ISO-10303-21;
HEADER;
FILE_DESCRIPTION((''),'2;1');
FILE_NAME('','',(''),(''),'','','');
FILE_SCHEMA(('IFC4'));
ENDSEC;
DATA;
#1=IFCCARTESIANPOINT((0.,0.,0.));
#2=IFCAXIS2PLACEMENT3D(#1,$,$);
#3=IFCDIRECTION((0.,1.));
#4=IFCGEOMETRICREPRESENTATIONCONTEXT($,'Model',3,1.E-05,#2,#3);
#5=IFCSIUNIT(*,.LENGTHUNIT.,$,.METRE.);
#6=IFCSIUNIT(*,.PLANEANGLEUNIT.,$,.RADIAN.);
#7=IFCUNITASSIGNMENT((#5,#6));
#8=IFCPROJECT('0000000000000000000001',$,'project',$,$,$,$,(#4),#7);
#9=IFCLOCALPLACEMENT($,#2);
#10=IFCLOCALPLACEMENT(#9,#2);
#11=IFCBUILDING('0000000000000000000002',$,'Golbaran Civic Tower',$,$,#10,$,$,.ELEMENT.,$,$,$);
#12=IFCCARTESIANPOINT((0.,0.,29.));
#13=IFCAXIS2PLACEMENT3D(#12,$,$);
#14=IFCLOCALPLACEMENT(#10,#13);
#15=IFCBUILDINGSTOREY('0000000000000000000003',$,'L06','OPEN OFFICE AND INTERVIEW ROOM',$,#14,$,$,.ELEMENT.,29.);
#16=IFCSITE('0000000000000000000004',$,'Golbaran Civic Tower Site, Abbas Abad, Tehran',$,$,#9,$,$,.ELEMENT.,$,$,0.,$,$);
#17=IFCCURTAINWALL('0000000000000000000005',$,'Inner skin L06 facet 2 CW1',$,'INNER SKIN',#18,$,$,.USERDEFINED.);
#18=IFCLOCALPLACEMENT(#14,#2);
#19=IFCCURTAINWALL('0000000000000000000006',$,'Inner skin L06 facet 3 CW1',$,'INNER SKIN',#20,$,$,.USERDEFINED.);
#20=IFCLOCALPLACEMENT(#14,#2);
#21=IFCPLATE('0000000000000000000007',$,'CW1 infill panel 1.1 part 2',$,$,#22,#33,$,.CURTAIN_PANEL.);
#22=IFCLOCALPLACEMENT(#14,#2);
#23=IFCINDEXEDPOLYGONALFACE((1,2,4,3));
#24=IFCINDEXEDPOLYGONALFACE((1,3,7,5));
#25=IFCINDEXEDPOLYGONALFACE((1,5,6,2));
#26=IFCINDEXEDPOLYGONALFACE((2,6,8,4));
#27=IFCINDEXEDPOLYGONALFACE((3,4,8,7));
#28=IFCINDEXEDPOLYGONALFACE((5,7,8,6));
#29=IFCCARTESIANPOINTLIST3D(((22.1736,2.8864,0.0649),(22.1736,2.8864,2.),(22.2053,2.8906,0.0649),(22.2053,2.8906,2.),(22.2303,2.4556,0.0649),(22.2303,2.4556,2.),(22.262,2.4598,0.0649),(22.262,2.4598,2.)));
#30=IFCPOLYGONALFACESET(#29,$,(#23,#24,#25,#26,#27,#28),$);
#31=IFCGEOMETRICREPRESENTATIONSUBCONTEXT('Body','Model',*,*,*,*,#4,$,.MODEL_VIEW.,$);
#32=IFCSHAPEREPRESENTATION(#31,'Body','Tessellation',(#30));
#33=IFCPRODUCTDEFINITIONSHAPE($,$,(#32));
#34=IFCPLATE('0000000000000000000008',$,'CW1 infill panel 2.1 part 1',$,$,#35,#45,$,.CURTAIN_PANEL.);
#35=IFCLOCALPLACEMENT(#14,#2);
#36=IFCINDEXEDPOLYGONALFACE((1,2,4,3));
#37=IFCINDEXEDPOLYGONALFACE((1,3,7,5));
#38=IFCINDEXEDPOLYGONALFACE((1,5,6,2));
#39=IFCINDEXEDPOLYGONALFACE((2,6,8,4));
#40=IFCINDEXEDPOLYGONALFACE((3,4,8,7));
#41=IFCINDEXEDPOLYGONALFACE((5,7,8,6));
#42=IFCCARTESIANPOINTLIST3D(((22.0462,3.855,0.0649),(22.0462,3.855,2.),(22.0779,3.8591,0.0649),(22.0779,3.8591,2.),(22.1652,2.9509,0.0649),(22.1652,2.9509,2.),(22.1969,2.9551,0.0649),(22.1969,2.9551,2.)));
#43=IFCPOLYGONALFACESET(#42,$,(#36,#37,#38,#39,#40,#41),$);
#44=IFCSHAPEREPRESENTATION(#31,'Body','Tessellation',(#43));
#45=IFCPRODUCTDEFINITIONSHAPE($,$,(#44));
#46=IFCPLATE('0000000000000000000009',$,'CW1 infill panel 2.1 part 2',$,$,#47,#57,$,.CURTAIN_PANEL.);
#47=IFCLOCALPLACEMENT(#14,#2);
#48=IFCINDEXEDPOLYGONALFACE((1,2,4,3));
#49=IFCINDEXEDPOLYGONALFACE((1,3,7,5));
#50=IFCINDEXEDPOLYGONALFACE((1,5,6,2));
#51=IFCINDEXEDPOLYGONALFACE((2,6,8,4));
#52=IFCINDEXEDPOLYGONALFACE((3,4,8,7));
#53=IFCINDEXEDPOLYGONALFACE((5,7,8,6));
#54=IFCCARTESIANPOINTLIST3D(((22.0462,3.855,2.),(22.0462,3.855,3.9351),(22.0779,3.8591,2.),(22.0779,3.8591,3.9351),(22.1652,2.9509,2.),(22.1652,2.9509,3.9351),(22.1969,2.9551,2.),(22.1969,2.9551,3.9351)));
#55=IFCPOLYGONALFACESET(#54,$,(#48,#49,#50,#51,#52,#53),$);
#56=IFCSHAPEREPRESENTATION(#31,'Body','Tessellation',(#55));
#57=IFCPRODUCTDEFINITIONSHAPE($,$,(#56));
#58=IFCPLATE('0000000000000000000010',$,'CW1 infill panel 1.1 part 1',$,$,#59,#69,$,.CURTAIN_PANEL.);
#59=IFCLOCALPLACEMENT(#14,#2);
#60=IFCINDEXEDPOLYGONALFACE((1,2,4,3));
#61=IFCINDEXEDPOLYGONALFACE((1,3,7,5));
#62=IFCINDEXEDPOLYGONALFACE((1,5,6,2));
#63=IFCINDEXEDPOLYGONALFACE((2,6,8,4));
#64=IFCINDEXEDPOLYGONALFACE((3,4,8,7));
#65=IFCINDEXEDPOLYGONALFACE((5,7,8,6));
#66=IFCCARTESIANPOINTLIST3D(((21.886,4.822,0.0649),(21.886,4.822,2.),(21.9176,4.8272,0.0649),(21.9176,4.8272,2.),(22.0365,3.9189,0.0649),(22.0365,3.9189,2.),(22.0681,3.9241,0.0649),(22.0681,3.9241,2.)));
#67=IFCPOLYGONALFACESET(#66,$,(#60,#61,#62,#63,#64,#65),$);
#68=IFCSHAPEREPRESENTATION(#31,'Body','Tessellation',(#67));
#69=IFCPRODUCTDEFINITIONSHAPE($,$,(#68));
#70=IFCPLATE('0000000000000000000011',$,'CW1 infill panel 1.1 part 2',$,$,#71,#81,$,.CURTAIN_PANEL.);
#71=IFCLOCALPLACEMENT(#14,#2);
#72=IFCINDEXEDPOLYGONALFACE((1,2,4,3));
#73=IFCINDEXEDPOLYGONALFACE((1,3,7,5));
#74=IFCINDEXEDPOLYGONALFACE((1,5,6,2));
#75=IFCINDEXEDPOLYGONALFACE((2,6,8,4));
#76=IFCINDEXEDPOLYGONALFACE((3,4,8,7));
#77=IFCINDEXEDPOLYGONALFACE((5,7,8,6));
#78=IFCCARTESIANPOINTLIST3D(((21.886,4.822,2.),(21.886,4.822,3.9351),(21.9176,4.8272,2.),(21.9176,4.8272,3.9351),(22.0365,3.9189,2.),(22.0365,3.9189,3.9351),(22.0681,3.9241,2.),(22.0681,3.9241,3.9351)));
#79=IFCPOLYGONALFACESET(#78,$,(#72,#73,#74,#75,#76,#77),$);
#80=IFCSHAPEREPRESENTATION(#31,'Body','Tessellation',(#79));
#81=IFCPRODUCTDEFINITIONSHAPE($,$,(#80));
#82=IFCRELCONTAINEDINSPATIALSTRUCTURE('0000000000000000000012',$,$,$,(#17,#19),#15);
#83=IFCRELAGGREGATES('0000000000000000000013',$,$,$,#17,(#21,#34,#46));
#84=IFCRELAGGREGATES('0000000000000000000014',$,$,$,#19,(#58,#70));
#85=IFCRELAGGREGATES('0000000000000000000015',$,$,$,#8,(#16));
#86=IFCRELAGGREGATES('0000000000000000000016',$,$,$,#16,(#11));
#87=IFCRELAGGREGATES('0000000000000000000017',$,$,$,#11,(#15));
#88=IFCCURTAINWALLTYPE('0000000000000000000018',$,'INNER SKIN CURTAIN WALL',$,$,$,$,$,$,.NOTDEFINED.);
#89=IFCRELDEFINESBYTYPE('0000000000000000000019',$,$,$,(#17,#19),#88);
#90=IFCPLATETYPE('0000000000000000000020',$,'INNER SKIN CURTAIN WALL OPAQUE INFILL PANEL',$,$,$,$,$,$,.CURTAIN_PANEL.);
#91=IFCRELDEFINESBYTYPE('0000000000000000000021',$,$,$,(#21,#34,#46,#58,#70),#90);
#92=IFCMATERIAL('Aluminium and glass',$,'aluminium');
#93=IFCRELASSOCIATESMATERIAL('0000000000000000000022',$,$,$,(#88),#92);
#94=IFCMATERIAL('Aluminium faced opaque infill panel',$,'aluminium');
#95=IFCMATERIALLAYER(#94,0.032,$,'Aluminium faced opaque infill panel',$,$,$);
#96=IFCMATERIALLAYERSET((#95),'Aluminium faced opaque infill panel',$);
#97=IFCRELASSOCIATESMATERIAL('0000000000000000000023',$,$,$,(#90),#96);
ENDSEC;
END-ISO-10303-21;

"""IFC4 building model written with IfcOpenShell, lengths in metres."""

from ifc_helpers import new_model, si_unit, direction, frame, origin, origin_2d, place, context, subcontext, project, spatial, rectangle, extrude, material, layer, layer_set, type_object, element, aggregate, save


model = new_model("IFC4")

# Units and contexts
model_context = context("Model", 3, precision=1e-05, world=origin(), true_north=direction((0.0, 1.0)))
body_context = subcontext(model_context, "Body", "Model", "MODEL_VIEW")
ifc_project = project(units=[si_unit("LENGTHUNIT", "METRE"), si_unit("PLANEANGLEUNIT", "RADIAN")], contexts=[model_context])

# Site, building, storey
site_placement = place(None, origin())
site = spatial("IfcSite", under=ifc_project, at=site_placement, Name="Golbaran Civic Tower Site, Abbas Abad, Tehran", CompositionType="ELEMENT", RefElevation=0.0)
building_placement = place(site_placement, origin())
building = spatial("IfcBuilding", under=site, at=building_placement, Name="Golbaran Civic Tower", CompositionType="ELEMENT")
storey_placement = place(building_placement, frame((0.0, 0.0, 29.0)))
storey = spatial("IfcBuildingStorey", under=building, at=storey_placement, Name="L06", Description="OPEN OFFICE AND INTERVIEW ROOM", CompositionType="ELEMENT", Elevation=29.0)

# Curtain wall
ifc_material_1 = material(Name="Aluminium and glass", Category="aluminium")
curtain_wall_type = type_object("IfcCurtainWallType", Name="INNER SKIN CURTAIN WALL", PredefinedType="NOTDEFINED", material=ifc_material_1)
curtain_wall_1_placement = place(storey_placement, origin())
curtain_wall_1 = element("IfcCurtainWall", 1, at=curtain_wall_1_placement, inside=storey, type_object=curtain_wall_type, Name="Inner skin L06 facet 2 CW1", ObjectType="INNER SKIN", PredefinedType="USERDEFINED")

# Curtain wall
curtain_wall_2_placement = place(storey_placement, origin())
curtain_wall_2 = element("IfcCurtainWall", 2, at=curtain_wall_2_placement, inside=storey, type_object=curtain_wall_type, Name="Inner skin L06 facet 3 CW1", ObjectType="INNER SKIN", PredefinedType="USERDEFINED")

# Plates
ifc_material_2 = material(Name="Aluminium faced opaque infill panel", Category="aluminium")
ifc_layer_1 = layer(ifc_material_2, 0.032, Name="Aluminium faced opaque infill panel")
ifc_layer_set_1 = layer_set([ifc_layer_1], Name="Aluminium faced opaque infill panel")
plate_type_1 = type_object("IfcPlateType", Name="INNER SKIN CURTAIN WALL OPAQUE INFILL PANEL", PredefinedType="CURTAIN_PANEL", material=ifc_layer_set_1)
plate_1_placement = place(storey_placement, frame((22.2178, 2.6731, 0.0649), z_axis=(0.0, 0.0, 1.0), x_axis=(-0.130526, 0.991445, 0.0)))
plate_1 = element("IfcPlate", 3, at=plate_1_placement, type_object=plate_type_1, Name="CW1 infill panel 1.1 part 2", PredefinedType="CURTAIN_PANEL", context=body_context, shape_type="SweptSolid", body=[
    extrude(rectangle(XDim=0.4346, YDim=0.032, at=origin_2d()), origin(), (0.0, 0.0, 1.0), 1.9351),
])
plate_2_placement = place(storey_placement, frame((22.1216, 3.405, 0.0649), z_axis=(0.0, 0.0, 1.0), x_axis=(-0.130526, 0.991445, 0.0)))
plate_2 = element("IfcPlate", 4, at=plate_2_placement, type_object=plate_type_1, Name="CW1 infill panel 2.1 part 1", PredefinedType="CURTAIN_PANEL", context=body_context, shape_type="SweptSolid", body=[
    extrude(rectangle(XDim=0.9119, YDim=0.032, at=origin_2d()), origin(), (0.0, 0.0, 1.0), 1.9351),
])
plate_3_placement = place(storey_placement, frame((22.1216, 3.405, 2.0), z_axis=(0.0, 0.0, 1.0), x_axis=(-0.130526, 0.991445, 0.0)))
plate_3 = element("IfcPlate", 5, at=plate_3_placement, type_object=plate_type_1, Name="CW1 infill panel 2.1 part 2", PredefinedType="CURTAIN_PANEL", context=body_context, shape_type="SweptSolid", body=[
    extrude(rectangle(XDim=0.9119, YDim=0.032, at=origin_2d()), origin(), (0.0, 0.0, 1.0), 1.9351),
])
aggregate(curtain_wall_1, [plate_1, plate_2, plate_3])
plate_4_placement = place(storey_placement, frame((21.9771, 4.373, 0.0649), z_axis=(0.0, 0.0, 1.0), x_axis=(-0.164415, 0.986391, 0.0)))
plate_4 = element("IfcPlate", 6, at=plate_4_placement, type_object=plate_type_1, Name="CW1 infill panel 1.1 part 1", PredefinedType="CURTAIN_PANEL", context=body_context, shape_type="SweptSolid", body=[
    extrude(rectangle(XDim=0.9155, YDim=0.032, at=origin_2d()), origin(), (0.0, 0.0, 1.0), 1.9351),
])
plate_5_placement = place(storey_placement, frame((21.9771, 4.373, 2.0), z_axis=(0.0, 0.0, 1.0), x_axis=(-0.164415, 0.986391, 0.0)))
plate_5 = element("IfcPlate", 7, at=plate_5_placement, type_object=plate_type_1, Name="CW1 infill panel 1.1 part 2", PredefinedType="CURTAIN_PANEL", context=body_context, shape_type="SweptSolid", body=[
    extrude(rectangle(XDim=0.9155, YDim=0.032, at=origin_2d()), origin(), (0.0, 0.0, 1.0), 1.9351),
])
aggregate(curtain_wall_2, [plate_4, plate_5])

save(model, "model.ifc")
